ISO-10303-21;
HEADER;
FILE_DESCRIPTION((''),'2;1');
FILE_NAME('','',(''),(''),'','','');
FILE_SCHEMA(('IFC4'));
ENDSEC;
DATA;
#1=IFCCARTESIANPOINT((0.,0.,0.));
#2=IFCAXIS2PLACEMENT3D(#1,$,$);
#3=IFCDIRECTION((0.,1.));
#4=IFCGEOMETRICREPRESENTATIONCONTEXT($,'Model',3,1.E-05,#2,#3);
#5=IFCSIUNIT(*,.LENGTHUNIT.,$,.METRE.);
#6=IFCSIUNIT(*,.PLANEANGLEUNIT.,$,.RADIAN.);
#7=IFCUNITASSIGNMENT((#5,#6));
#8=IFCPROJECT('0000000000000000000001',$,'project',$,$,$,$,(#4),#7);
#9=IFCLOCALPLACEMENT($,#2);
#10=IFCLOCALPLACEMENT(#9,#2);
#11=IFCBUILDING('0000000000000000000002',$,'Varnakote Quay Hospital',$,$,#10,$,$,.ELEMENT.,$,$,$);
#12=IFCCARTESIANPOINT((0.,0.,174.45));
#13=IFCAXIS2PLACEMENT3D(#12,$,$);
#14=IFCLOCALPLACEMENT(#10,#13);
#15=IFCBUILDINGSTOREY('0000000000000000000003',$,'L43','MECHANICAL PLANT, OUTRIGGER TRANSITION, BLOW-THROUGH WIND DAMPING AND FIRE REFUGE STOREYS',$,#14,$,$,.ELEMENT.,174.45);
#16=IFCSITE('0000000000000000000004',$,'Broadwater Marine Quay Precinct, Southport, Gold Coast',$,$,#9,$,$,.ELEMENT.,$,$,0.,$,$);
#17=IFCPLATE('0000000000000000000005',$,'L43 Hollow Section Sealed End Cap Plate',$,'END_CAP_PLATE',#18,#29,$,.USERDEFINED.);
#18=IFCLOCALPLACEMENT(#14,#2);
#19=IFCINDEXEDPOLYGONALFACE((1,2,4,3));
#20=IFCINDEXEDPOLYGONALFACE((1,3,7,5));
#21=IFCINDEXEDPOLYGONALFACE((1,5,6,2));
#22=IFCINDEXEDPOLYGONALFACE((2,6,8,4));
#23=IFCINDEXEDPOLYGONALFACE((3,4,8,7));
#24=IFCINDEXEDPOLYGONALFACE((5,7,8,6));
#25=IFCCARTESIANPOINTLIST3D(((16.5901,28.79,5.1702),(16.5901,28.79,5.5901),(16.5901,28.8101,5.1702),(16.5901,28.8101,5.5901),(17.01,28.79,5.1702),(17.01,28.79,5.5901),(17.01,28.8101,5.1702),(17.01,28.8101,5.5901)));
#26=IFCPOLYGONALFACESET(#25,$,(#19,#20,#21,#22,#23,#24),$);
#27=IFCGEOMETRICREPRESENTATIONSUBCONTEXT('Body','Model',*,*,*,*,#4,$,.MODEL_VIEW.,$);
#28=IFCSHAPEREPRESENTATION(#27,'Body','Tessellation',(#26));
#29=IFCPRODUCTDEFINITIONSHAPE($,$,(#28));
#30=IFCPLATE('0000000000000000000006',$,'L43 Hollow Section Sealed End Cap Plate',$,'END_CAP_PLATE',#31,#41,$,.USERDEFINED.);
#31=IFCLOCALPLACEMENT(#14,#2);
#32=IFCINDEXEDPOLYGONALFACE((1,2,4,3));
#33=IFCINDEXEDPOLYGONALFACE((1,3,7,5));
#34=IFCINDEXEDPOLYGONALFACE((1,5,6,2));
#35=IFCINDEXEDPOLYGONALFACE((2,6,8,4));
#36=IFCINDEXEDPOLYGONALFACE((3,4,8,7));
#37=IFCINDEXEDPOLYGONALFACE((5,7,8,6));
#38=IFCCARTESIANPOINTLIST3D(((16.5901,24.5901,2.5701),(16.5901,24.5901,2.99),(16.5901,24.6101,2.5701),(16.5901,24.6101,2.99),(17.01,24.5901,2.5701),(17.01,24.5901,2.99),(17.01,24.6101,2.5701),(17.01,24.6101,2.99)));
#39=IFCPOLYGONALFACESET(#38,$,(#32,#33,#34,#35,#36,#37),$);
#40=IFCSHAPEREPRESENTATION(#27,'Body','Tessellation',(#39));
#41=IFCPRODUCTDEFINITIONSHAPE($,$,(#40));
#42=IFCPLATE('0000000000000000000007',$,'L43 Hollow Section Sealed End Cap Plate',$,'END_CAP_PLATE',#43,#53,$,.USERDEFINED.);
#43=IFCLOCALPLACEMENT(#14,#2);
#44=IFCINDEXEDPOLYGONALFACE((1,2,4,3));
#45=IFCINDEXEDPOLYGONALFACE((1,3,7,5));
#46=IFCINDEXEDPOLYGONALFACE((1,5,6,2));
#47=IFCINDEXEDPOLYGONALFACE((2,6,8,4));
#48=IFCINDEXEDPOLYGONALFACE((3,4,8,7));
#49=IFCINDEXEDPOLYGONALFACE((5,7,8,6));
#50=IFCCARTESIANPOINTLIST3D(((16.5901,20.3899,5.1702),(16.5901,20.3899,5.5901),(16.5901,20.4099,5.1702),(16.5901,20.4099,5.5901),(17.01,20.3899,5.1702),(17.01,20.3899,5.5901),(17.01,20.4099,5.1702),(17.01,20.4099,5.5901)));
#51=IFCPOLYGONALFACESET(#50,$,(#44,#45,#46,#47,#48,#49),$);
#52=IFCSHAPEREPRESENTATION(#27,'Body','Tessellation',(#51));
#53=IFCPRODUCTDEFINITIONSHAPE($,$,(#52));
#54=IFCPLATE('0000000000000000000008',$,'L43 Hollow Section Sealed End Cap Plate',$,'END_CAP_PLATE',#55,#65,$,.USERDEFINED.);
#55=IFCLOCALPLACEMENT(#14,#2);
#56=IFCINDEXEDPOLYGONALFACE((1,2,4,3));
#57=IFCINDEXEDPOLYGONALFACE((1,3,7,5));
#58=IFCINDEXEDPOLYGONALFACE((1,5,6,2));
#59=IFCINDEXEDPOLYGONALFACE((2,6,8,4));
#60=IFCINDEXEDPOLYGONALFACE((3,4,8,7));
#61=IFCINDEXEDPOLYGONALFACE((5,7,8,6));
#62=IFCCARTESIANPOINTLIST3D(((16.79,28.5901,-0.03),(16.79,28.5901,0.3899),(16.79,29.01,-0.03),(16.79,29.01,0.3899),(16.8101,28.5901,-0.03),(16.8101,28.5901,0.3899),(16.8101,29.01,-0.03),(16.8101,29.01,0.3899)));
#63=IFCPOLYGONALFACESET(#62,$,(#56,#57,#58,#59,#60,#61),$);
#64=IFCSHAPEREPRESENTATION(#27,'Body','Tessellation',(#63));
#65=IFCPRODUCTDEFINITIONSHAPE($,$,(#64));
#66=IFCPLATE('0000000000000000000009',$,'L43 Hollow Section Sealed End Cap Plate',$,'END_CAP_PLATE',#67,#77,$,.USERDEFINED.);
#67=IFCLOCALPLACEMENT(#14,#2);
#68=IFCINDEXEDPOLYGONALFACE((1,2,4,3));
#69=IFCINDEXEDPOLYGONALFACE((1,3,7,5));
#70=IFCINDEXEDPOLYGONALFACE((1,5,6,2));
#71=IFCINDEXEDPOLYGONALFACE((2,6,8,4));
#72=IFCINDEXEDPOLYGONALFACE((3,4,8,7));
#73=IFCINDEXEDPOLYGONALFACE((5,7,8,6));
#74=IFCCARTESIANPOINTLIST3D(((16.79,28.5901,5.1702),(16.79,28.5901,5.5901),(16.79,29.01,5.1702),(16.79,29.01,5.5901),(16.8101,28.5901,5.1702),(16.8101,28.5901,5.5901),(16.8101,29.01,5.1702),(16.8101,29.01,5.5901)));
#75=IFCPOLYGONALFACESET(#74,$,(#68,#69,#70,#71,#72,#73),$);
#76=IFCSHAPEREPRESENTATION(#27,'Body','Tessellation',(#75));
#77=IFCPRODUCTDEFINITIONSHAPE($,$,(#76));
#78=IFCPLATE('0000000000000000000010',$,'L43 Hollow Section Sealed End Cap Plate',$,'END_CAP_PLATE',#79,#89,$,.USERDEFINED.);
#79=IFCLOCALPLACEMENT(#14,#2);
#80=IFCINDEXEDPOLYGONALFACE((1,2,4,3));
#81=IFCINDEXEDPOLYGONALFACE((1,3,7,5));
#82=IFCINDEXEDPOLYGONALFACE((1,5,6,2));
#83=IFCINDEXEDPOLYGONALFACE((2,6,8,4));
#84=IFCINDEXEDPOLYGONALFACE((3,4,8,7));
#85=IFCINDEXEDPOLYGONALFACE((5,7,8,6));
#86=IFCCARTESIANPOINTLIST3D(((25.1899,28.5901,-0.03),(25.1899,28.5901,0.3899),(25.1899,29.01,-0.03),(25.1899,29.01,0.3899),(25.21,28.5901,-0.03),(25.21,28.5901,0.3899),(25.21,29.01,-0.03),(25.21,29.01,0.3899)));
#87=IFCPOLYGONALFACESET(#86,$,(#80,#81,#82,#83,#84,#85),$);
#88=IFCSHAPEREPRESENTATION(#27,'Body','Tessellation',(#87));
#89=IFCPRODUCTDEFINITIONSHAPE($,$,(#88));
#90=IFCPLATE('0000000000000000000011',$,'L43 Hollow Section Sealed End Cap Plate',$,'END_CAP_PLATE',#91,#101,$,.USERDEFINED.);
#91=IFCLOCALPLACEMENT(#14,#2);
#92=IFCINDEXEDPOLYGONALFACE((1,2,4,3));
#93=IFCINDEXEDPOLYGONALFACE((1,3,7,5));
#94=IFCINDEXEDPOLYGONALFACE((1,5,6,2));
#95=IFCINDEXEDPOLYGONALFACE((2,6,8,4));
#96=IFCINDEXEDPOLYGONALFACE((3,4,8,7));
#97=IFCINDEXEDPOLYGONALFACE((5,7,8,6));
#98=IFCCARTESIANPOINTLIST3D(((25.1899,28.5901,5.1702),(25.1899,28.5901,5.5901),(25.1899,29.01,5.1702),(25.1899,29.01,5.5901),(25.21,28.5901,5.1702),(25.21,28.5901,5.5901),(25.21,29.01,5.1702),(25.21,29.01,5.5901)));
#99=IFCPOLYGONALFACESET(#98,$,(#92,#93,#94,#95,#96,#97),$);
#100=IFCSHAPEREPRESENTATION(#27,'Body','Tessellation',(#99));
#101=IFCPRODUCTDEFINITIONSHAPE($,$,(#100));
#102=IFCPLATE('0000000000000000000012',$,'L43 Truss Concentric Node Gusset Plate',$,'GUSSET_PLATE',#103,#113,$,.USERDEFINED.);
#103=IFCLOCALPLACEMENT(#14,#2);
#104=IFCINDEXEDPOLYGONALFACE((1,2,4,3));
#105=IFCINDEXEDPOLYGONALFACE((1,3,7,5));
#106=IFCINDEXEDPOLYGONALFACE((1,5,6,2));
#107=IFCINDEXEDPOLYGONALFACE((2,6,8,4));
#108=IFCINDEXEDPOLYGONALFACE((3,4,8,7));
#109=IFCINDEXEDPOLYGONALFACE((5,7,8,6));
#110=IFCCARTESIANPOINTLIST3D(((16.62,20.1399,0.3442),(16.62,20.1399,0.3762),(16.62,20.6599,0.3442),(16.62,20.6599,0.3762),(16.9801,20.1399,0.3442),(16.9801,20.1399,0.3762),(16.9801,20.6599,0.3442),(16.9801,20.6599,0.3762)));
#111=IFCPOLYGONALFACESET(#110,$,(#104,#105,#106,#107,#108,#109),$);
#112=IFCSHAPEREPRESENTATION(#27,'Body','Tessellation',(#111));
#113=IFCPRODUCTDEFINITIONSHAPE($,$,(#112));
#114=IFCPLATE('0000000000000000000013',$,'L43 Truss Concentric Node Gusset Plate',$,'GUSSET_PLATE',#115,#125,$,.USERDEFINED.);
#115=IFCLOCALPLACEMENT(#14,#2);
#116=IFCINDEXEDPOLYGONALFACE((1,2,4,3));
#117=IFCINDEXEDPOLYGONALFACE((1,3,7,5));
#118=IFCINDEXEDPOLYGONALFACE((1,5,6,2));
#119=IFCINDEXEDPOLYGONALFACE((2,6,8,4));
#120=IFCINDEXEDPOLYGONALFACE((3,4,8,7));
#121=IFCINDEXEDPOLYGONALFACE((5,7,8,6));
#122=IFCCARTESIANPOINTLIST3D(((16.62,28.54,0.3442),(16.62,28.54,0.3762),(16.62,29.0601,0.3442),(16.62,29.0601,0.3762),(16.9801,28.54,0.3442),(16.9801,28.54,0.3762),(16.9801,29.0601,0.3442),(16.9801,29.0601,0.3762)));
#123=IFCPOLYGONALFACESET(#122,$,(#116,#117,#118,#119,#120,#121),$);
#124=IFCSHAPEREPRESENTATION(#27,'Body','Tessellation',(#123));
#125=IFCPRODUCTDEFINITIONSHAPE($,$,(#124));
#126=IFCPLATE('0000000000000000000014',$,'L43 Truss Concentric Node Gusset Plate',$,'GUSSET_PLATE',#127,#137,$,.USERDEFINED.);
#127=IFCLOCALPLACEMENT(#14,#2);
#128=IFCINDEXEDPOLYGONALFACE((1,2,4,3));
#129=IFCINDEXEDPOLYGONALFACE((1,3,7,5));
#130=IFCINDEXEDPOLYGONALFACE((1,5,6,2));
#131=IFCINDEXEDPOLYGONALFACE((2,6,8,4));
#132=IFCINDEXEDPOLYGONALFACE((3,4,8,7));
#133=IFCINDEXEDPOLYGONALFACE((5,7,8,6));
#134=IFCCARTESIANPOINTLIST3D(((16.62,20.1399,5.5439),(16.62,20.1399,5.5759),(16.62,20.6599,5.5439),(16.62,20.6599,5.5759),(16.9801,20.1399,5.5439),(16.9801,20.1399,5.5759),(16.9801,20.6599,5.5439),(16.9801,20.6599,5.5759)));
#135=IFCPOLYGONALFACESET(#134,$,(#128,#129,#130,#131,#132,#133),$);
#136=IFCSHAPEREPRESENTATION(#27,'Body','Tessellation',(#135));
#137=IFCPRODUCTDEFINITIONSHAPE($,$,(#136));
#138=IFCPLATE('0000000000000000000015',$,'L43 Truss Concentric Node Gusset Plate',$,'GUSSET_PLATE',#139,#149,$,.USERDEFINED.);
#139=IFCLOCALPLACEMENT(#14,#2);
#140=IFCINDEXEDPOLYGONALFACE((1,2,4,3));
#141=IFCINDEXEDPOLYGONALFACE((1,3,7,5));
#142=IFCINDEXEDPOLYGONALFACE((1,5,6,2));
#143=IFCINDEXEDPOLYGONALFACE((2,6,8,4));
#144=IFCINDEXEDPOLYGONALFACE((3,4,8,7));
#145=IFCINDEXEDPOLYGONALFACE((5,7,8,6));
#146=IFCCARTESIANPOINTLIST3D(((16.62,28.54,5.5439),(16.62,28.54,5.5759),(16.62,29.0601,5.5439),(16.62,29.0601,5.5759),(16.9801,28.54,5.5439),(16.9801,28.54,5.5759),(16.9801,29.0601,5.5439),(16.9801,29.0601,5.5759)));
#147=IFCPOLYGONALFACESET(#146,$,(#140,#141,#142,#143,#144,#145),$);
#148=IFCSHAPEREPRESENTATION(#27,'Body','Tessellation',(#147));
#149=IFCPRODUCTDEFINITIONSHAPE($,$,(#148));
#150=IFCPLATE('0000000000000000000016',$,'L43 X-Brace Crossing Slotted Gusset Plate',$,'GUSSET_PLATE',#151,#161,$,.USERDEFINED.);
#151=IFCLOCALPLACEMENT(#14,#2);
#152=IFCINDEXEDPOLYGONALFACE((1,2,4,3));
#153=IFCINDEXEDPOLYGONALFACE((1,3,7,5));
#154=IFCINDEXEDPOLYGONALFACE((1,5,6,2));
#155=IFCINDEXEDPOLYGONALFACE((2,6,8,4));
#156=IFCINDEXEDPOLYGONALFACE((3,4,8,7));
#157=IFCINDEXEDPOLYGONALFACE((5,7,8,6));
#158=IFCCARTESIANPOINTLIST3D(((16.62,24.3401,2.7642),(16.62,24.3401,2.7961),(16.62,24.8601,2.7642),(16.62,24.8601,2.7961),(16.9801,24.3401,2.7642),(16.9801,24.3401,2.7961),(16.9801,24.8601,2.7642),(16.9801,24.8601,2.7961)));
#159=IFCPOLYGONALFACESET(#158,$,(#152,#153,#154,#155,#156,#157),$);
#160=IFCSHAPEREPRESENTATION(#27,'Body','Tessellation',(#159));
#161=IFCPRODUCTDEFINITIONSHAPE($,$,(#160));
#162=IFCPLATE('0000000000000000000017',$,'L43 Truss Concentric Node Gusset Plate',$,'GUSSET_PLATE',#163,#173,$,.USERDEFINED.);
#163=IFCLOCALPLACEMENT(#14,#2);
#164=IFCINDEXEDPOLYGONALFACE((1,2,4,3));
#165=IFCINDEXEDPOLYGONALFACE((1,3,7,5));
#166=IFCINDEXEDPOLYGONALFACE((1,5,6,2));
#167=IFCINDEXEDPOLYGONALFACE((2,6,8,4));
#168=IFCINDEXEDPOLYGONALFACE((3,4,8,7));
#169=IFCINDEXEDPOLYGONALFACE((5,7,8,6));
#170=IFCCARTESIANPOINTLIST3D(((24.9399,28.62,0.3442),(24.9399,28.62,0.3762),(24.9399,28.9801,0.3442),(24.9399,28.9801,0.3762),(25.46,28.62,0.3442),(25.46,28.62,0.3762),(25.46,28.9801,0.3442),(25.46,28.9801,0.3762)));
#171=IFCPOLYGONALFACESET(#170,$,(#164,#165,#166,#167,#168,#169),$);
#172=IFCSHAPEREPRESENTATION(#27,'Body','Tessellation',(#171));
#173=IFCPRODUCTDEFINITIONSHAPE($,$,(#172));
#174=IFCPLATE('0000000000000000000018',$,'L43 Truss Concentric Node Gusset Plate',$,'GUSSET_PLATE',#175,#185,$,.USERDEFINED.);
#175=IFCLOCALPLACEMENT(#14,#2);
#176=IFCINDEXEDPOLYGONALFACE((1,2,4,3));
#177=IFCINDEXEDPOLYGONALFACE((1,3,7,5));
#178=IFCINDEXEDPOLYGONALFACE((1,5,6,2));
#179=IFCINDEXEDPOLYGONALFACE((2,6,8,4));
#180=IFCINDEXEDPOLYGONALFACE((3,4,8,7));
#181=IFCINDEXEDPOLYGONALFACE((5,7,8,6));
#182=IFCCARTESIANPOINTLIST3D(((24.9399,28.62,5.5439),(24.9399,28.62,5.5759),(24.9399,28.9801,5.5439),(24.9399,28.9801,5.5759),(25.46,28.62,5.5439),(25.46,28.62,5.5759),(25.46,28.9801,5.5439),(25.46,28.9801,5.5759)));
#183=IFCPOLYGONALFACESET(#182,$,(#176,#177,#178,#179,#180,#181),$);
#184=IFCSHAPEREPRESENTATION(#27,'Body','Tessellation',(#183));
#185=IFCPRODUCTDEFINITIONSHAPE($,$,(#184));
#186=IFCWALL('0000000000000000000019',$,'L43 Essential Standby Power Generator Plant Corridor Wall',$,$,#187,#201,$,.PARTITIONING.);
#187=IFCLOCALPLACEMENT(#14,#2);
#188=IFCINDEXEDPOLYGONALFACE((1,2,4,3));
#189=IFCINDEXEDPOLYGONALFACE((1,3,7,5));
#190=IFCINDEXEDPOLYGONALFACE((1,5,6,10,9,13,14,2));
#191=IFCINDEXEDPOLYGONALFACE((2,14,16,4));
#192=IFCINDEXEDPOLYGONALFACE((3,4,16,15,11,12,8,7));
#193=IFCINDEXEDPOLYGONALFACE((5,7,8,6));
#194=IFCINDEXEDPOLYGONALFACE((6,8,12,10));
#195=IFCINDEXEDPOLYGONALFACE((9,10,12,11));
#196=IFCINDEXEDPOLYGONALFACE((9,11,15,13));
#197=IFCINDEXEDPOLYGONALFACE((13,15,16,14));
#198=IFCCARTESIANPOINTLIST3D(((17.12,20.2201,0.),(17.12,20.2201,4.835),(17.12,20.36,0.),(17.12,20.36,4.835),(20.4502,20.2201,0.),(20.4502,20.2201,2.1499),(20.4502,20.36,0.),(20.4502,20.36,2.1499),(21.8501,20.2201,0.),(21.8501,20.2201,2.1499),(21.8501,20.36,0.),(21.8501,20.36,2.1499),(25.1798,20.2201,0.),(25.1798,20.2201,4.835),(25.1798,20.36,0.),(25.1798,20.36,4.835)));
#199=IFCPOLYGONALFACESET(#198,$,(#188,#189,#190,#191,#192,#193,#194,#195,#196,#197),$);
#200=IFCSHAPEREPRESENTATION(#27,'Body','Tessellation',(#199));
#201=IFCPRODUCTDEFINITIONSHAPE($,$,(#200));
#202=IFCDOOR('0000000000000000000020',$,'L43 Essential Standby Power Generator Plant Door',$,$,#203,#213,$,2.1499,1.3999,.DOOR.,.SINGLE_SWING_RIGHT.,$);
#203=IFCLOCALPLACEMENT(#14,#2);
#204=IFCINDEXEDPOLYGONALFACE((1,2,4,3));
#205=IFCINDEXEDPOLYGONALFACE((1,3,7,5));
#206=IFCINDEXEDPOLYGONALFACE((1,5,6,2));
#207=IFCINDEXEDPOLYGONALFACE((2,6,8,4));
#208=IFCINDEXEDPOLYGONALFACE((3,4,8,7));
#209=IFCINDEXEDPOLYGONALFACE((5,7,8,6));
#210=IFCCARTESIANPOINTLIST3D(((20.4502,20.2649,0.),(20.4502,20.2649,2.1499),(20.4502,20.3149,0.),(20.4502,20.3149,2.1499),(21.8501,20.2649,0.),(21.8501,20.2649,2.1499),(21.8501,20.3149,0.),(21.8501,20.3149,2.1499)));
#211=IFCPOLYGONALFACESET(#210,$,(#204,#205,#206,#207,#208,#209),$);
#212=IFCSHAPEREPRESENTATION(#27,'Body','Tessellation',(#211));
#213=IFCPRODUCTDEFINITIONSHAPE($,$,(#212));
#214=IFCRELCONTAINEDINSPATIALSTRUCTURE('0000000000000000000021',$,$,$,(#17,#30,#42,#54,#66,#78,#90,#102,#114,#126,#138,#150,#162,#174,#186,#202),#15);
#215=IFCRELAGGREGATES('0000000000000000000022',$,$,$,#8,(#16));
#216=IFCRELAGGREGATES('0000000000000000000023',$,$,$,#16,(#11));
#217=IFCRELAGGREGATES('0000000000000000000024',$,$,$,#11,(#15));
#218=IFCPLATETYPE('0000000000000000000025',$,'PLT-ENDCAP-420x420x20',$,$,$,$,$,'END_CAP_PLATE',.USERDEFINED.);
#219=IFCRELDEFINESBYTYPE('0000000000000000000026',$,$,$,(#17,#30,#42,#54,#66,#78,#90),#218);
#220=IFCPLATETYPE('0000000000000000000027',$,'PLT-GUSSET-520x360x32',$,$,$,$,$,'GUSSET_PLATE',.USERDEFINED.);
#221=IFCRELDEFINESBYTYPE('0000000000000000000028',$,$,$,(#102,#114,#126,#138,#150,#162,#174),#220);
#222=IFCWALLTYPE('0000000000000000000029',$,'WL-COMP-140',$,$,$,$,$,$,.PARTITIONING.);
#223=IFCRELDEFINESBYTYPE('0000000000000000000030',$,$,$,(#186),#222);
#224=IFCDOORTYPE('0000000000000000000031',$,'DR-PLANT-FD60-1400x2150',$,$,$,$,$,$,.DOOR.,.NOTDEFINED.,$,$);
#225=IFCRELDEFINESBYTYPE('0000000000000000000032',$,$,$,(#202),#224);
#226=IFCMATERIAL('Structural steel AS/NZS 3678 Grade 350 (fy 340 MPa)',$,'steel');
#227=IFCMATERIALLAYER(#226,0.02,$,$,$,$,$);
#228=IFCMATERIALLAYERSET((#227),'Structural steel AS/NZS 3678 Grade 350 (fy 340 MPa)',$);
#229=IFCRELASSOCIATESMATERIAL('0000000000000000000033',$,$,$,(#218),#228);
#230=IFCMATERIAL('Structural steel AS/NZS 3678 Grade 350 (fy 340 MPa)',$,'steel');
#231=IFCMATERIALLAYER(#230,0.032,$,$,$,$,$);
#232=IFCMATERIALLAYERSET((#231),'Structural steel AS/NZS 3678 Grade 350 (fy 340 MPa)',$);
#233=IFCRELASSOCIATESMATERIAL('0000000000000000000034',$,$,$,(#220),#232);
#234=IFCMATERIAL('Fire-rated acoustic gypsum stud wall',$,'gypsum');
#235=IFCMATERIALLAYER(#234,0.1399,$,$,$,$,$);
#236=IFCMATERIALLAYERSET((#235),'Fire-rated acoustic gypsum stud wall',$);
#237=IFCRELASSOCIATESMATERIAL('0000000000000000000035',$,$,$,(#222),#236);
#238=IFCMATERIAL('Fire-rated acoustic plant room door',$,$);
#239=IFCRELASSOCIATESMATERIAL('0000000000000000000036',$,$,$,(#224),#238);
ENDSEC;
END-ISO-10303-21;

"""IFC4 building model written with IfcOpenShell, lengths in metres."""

from ifc_helpers import new_model, si_unit, direction, frame, frame_2d, origin, origin_2d, place, context, subcontext, project, spatial, rectangle, extrude, material, layer, layer_set, type_object, element, fill, save


model = new_model("IFC4")

# Units and contexts
model_context = context("Model", 3, precision=1e-05, world=origin(), true_north=direction((0.0, 1.0)))
body_context = subcontext(model_context, "Body", "Model", "MODEL_VIEW")
ifc_project = project(units=[si_unit("LENGTHUNIT", "METRE"), si_unit("PLANEANGLEUNIT", "RADIAN")], contexts=[model_context])

# Site, building, storey
site_placement = place(None, origin())
site = spatial("IfcSite", under=ifc_project, at=site_placement, Name="Broadwater Marine Quay Precinct, Southport, Gold Coast", CompositionType="ELEMENT", RefElevation=0.0)
building_placement = place(site_placement, origin())
building = spatial("IfcBuilding", under=site, at=building_placement, Name="Varnakote Quay Hospital", CompositionType="ELEMENT")
storey_placement = place(building_placement, frame((0.0, 0.0, 174.45)))
storey = spatial("IfcBuildingStorey", under=building, at=storey_placement, Name="L43", Description="MECHANICAL PLANT, OUTRIGGER TRANSITION, BLOW-THROUGH WIND DAMPING AND FIRE REFUGE STOREYS", CompositionType="ELEMENT", Elevation=174.45)

# Plates
ifc_material_1 = material(Name="Structural steel AS/NZS 3678 Grade 350 (fy 340 MPa)", Category="steel")
ifc_layer_1 = layer(ifc_material_1, 0.02)
ifc_layer_set_1 = layer_set([ifc_layer_1], Name="Structural steel AS/NZS 3678 Grade 350 (fy 340 MPa)")
plate_type_1 = type_object("IfcPlateType", Name="PLT-ENDCAP-420x420x20", ElementType="END_CAP_PLATE", PredefinedType="USERDEFINED", material=ifc_layer_set_1)
for number, where, z_axis, x_axis, name in (
    (1, (16.8, 28.8, 5.1702), (0.0, 0.0, 1.0), (0.0, 1.0, 0.0), "L43 Hollow Section Sealed End Cap Plate"),
    (2, (16.8, 24.6001, 2.5701), (0.0, 0.0, 1.0), (0.0, 1.0, 0.0), "L43 Hollow Section Sealed End Cap Plate"),
    (3, (16.8, 20.3999, 5.1702), (0.0, 0.0, 1.0), (0.0, 1.0, 0.0), "L43 Hollow Section Sealed End Cap Plate"),
    (4, (16.8, 28.8, -0.03), (0.0, 0.0, 1.0), (1.0, 0.0, 0.0), "L43 Hollow Section Sealed End Cap Plate"),
    (5, (16.8, 28.8, 5.1702), (0.0, 0.0, 1.0), (1.0, 0.0, 0.0), "L43 Hollow Section Sealed End Cap Plate"),
    (6, (25.2, 28.8, -0.03), (0.0, 0.0, 1.0), (1.0, 0.0, 0.0), "L43 Hollow Section Sealed End Cap Plate"),
    (7, (25.2, 28.8, 5.1702), (0.0, 0.0, 1.0), (1.0, 0.0, 0.0), "L43 Hollow Section Sealed End Cap Plate"),
):
    element("IfcPlate", number, at=place(storey_placement, frame(where, z_axis=z_axis, x_axis=x_axis)), inside=storey, type_object=plate_type_1, Name=name, ObjectType="END_CAP_PLATE", PredefinedType="USERDEFINED", context=body_context, shape_type="SweptSolid", body=[
        extrude(rectangle(XDim=0.02, YDim=0.4199, at=origin_2d()), origin(), (0.0, 0.0, 1.0), 0.4199),
    ])
ifc_material_2 = material(Name="Structural steel AS/NZS 3678 Grade 350 (fy 340 MPa)", Category="steel")
ifc_layer_2 = layer(ifc_material_2, 0.032)
ifc_layer_set_2 = layer_set([ifc_layer_2], Name="Structural steel AS/NZS 3678 Grade 350 (fy 340 MPa)")
plate_type_2 = type_object("IfcPlateType", Name="PLT-GUSSET-520x360x32", ElementType="GUSSET_PLATE", PredefinedType="USERDEFINED", material=ifc_layer_set_2)
for number, where, z_axis, x_axis, name in (
    (8, (16.8, 20.3999, 0.3442), (0.0, 0.0, 1.0), (0.0, 1.0, 0.0), "L43 Truss Concentric Node Gusset Plate"),
    (9, (16.8, 28.8, 0.3442), (0.0, 0.0, 1.0), (0.0, 1.0, 0.0), "L43 Truss Concentric Node Gusset Plate"),
    (10, (16.8, 20.3999, 5.5439), (0.0, 0.0, 1.0), (0.0, 1.0, 0.0), "L43 Truss Concentric Node Gusset Plate"),
    (11, (16.8, 28.8, 5.5439), (0.0, 0.0, 1.0), (0.0, 1.0, 0.0), "L43 Truss Concentric Node Gusset Plate"),
    (12, (16.8, 24.6001, 2.7642), (0.0, 0.0, 1.0), (0.0, 1.0, 0.0), "L43 X-Brace Crossing Slotted Gusset Plate"),
    (13, (25.2, 28.8, 0.3442), (0.0, 0.0, 1.0), (1.0, 0.0, 0.0), "L43 Truss Concentric Node Gusset Plate"),
    (14, (25.2, 28.8, 5.5439), (0.0, 0.0, 1.0), (1.0, 0.0, 0.0), "L43 Truss Concentric Node Gusset Plate"),
):
    element("IfcPlate", number, at=place(storey_placement, frame(where, z_axis=z_axis, x_axis=x_axis)), inside=storey, type_object=plate_type_2, Name=name, ObjectType="GUSSET_PLATE", PredefinedType="USERDEFINED", context=body_context, shape_type="SweptSolid", body=[
        extrude(rectangle(XDim=0.52, YDim=0.3601, at=origin_2d()), origin(), (0.0, 0.0, 1.0), 0.032),
    ])

# Wall, opening, door
ifc_material_3 = material(Name="Fire-rated acoustic gypsum stud wall", Category="gypsum")
ifc_layer_3 = layer(ifc_material_3, 0.1399)
ifc_layer_set_3 = layer_set([ifc_layer_3], Name="Fire-rated acoustic gypsum stud wall")
wall_type_1 = type_object("IfcWallType", Name="WL-COMP-140", PredefinedType="PARTITIONING", material=ifc_layer_set_3)
wall_1_placement = place(storey_placement, frame((17.1201, 20.29, 0.0), z_axis=(0.0, 0.0, 1.0), x_axis=(1.0, 0.0, 0.0)))
wall_1 = element("IfcWall", 15, at=wall_1_placement, inside=storey, type_object=wall_type_1, Name="L43 Essential Standby Power Generator Plant Corridor Wall", PredefinedType="PARTITIONING", context=body_context, shape_type="SweptSolid", body=[
    extrude(rectangle(XDim=8.0598, YDim=0.1399, at=frame_2d((4.0298, 0.0))), origin(), (0.0, 0.0, 1.0), 4.835),
])
opening_1_placement = place(wall_1_placement, frame((3.3301, 0.0, 0.0)))
opening_1 = element("IfcOpeningElement", 16, at=opening_1_placement, cuts=wall_1, PredefinedType="OPENING", context=body_context, shape_type="SweptSolid", body=[
    extrude(rectangle(XDim=1.3999, YDim=2.1499, at=frame_2d((0.7, 1.075))), frame((0.0, 0.0798, 0.0), z_axis=(0.0, -1.0, 0.0), x_axis=(1.0, 0.0, 0.0)), (0.0, 0.0, 1.0), 0.1599),
])
ifc_material_4 = material(Name="Fire-rated acoustic plant room door")
door_type = type_object("IfcDoorType", Name="DR-PLANT-FD60-1400x2150", OperationType="NOTDEFINED", PredefinedType="DOOR", material=ifc_material_4)
door_1_placement = place(opening_1_placement, origin())
door_1 = element("IfcDoor", 17, at=door_1_placement, inside=storey, type_object=door_type, Name="L43 Essential Standby Power Generator Plant Door", OperationType="SINGLE_SWING_RIGHT", OverallHeight=2.1499, OverallWidth=1.3999, PredefinedType="DOOR", context=body_context, shape_type="SweptSolid", body=[
    extrude(rectangle(XDim=1.3999, YDim=2.1499, at=frame_2d((0.7, 1.075))), frame((0.0, 0.0249, 0.0), z_axis=(0.0, -1.0, 0.0), x_axis=(1.0, 0.0, 0.0)), (0.0, 0.0, 1.0), 0.05),
])
fill(opening_1, door_1)

save(model, "model.ifc")
